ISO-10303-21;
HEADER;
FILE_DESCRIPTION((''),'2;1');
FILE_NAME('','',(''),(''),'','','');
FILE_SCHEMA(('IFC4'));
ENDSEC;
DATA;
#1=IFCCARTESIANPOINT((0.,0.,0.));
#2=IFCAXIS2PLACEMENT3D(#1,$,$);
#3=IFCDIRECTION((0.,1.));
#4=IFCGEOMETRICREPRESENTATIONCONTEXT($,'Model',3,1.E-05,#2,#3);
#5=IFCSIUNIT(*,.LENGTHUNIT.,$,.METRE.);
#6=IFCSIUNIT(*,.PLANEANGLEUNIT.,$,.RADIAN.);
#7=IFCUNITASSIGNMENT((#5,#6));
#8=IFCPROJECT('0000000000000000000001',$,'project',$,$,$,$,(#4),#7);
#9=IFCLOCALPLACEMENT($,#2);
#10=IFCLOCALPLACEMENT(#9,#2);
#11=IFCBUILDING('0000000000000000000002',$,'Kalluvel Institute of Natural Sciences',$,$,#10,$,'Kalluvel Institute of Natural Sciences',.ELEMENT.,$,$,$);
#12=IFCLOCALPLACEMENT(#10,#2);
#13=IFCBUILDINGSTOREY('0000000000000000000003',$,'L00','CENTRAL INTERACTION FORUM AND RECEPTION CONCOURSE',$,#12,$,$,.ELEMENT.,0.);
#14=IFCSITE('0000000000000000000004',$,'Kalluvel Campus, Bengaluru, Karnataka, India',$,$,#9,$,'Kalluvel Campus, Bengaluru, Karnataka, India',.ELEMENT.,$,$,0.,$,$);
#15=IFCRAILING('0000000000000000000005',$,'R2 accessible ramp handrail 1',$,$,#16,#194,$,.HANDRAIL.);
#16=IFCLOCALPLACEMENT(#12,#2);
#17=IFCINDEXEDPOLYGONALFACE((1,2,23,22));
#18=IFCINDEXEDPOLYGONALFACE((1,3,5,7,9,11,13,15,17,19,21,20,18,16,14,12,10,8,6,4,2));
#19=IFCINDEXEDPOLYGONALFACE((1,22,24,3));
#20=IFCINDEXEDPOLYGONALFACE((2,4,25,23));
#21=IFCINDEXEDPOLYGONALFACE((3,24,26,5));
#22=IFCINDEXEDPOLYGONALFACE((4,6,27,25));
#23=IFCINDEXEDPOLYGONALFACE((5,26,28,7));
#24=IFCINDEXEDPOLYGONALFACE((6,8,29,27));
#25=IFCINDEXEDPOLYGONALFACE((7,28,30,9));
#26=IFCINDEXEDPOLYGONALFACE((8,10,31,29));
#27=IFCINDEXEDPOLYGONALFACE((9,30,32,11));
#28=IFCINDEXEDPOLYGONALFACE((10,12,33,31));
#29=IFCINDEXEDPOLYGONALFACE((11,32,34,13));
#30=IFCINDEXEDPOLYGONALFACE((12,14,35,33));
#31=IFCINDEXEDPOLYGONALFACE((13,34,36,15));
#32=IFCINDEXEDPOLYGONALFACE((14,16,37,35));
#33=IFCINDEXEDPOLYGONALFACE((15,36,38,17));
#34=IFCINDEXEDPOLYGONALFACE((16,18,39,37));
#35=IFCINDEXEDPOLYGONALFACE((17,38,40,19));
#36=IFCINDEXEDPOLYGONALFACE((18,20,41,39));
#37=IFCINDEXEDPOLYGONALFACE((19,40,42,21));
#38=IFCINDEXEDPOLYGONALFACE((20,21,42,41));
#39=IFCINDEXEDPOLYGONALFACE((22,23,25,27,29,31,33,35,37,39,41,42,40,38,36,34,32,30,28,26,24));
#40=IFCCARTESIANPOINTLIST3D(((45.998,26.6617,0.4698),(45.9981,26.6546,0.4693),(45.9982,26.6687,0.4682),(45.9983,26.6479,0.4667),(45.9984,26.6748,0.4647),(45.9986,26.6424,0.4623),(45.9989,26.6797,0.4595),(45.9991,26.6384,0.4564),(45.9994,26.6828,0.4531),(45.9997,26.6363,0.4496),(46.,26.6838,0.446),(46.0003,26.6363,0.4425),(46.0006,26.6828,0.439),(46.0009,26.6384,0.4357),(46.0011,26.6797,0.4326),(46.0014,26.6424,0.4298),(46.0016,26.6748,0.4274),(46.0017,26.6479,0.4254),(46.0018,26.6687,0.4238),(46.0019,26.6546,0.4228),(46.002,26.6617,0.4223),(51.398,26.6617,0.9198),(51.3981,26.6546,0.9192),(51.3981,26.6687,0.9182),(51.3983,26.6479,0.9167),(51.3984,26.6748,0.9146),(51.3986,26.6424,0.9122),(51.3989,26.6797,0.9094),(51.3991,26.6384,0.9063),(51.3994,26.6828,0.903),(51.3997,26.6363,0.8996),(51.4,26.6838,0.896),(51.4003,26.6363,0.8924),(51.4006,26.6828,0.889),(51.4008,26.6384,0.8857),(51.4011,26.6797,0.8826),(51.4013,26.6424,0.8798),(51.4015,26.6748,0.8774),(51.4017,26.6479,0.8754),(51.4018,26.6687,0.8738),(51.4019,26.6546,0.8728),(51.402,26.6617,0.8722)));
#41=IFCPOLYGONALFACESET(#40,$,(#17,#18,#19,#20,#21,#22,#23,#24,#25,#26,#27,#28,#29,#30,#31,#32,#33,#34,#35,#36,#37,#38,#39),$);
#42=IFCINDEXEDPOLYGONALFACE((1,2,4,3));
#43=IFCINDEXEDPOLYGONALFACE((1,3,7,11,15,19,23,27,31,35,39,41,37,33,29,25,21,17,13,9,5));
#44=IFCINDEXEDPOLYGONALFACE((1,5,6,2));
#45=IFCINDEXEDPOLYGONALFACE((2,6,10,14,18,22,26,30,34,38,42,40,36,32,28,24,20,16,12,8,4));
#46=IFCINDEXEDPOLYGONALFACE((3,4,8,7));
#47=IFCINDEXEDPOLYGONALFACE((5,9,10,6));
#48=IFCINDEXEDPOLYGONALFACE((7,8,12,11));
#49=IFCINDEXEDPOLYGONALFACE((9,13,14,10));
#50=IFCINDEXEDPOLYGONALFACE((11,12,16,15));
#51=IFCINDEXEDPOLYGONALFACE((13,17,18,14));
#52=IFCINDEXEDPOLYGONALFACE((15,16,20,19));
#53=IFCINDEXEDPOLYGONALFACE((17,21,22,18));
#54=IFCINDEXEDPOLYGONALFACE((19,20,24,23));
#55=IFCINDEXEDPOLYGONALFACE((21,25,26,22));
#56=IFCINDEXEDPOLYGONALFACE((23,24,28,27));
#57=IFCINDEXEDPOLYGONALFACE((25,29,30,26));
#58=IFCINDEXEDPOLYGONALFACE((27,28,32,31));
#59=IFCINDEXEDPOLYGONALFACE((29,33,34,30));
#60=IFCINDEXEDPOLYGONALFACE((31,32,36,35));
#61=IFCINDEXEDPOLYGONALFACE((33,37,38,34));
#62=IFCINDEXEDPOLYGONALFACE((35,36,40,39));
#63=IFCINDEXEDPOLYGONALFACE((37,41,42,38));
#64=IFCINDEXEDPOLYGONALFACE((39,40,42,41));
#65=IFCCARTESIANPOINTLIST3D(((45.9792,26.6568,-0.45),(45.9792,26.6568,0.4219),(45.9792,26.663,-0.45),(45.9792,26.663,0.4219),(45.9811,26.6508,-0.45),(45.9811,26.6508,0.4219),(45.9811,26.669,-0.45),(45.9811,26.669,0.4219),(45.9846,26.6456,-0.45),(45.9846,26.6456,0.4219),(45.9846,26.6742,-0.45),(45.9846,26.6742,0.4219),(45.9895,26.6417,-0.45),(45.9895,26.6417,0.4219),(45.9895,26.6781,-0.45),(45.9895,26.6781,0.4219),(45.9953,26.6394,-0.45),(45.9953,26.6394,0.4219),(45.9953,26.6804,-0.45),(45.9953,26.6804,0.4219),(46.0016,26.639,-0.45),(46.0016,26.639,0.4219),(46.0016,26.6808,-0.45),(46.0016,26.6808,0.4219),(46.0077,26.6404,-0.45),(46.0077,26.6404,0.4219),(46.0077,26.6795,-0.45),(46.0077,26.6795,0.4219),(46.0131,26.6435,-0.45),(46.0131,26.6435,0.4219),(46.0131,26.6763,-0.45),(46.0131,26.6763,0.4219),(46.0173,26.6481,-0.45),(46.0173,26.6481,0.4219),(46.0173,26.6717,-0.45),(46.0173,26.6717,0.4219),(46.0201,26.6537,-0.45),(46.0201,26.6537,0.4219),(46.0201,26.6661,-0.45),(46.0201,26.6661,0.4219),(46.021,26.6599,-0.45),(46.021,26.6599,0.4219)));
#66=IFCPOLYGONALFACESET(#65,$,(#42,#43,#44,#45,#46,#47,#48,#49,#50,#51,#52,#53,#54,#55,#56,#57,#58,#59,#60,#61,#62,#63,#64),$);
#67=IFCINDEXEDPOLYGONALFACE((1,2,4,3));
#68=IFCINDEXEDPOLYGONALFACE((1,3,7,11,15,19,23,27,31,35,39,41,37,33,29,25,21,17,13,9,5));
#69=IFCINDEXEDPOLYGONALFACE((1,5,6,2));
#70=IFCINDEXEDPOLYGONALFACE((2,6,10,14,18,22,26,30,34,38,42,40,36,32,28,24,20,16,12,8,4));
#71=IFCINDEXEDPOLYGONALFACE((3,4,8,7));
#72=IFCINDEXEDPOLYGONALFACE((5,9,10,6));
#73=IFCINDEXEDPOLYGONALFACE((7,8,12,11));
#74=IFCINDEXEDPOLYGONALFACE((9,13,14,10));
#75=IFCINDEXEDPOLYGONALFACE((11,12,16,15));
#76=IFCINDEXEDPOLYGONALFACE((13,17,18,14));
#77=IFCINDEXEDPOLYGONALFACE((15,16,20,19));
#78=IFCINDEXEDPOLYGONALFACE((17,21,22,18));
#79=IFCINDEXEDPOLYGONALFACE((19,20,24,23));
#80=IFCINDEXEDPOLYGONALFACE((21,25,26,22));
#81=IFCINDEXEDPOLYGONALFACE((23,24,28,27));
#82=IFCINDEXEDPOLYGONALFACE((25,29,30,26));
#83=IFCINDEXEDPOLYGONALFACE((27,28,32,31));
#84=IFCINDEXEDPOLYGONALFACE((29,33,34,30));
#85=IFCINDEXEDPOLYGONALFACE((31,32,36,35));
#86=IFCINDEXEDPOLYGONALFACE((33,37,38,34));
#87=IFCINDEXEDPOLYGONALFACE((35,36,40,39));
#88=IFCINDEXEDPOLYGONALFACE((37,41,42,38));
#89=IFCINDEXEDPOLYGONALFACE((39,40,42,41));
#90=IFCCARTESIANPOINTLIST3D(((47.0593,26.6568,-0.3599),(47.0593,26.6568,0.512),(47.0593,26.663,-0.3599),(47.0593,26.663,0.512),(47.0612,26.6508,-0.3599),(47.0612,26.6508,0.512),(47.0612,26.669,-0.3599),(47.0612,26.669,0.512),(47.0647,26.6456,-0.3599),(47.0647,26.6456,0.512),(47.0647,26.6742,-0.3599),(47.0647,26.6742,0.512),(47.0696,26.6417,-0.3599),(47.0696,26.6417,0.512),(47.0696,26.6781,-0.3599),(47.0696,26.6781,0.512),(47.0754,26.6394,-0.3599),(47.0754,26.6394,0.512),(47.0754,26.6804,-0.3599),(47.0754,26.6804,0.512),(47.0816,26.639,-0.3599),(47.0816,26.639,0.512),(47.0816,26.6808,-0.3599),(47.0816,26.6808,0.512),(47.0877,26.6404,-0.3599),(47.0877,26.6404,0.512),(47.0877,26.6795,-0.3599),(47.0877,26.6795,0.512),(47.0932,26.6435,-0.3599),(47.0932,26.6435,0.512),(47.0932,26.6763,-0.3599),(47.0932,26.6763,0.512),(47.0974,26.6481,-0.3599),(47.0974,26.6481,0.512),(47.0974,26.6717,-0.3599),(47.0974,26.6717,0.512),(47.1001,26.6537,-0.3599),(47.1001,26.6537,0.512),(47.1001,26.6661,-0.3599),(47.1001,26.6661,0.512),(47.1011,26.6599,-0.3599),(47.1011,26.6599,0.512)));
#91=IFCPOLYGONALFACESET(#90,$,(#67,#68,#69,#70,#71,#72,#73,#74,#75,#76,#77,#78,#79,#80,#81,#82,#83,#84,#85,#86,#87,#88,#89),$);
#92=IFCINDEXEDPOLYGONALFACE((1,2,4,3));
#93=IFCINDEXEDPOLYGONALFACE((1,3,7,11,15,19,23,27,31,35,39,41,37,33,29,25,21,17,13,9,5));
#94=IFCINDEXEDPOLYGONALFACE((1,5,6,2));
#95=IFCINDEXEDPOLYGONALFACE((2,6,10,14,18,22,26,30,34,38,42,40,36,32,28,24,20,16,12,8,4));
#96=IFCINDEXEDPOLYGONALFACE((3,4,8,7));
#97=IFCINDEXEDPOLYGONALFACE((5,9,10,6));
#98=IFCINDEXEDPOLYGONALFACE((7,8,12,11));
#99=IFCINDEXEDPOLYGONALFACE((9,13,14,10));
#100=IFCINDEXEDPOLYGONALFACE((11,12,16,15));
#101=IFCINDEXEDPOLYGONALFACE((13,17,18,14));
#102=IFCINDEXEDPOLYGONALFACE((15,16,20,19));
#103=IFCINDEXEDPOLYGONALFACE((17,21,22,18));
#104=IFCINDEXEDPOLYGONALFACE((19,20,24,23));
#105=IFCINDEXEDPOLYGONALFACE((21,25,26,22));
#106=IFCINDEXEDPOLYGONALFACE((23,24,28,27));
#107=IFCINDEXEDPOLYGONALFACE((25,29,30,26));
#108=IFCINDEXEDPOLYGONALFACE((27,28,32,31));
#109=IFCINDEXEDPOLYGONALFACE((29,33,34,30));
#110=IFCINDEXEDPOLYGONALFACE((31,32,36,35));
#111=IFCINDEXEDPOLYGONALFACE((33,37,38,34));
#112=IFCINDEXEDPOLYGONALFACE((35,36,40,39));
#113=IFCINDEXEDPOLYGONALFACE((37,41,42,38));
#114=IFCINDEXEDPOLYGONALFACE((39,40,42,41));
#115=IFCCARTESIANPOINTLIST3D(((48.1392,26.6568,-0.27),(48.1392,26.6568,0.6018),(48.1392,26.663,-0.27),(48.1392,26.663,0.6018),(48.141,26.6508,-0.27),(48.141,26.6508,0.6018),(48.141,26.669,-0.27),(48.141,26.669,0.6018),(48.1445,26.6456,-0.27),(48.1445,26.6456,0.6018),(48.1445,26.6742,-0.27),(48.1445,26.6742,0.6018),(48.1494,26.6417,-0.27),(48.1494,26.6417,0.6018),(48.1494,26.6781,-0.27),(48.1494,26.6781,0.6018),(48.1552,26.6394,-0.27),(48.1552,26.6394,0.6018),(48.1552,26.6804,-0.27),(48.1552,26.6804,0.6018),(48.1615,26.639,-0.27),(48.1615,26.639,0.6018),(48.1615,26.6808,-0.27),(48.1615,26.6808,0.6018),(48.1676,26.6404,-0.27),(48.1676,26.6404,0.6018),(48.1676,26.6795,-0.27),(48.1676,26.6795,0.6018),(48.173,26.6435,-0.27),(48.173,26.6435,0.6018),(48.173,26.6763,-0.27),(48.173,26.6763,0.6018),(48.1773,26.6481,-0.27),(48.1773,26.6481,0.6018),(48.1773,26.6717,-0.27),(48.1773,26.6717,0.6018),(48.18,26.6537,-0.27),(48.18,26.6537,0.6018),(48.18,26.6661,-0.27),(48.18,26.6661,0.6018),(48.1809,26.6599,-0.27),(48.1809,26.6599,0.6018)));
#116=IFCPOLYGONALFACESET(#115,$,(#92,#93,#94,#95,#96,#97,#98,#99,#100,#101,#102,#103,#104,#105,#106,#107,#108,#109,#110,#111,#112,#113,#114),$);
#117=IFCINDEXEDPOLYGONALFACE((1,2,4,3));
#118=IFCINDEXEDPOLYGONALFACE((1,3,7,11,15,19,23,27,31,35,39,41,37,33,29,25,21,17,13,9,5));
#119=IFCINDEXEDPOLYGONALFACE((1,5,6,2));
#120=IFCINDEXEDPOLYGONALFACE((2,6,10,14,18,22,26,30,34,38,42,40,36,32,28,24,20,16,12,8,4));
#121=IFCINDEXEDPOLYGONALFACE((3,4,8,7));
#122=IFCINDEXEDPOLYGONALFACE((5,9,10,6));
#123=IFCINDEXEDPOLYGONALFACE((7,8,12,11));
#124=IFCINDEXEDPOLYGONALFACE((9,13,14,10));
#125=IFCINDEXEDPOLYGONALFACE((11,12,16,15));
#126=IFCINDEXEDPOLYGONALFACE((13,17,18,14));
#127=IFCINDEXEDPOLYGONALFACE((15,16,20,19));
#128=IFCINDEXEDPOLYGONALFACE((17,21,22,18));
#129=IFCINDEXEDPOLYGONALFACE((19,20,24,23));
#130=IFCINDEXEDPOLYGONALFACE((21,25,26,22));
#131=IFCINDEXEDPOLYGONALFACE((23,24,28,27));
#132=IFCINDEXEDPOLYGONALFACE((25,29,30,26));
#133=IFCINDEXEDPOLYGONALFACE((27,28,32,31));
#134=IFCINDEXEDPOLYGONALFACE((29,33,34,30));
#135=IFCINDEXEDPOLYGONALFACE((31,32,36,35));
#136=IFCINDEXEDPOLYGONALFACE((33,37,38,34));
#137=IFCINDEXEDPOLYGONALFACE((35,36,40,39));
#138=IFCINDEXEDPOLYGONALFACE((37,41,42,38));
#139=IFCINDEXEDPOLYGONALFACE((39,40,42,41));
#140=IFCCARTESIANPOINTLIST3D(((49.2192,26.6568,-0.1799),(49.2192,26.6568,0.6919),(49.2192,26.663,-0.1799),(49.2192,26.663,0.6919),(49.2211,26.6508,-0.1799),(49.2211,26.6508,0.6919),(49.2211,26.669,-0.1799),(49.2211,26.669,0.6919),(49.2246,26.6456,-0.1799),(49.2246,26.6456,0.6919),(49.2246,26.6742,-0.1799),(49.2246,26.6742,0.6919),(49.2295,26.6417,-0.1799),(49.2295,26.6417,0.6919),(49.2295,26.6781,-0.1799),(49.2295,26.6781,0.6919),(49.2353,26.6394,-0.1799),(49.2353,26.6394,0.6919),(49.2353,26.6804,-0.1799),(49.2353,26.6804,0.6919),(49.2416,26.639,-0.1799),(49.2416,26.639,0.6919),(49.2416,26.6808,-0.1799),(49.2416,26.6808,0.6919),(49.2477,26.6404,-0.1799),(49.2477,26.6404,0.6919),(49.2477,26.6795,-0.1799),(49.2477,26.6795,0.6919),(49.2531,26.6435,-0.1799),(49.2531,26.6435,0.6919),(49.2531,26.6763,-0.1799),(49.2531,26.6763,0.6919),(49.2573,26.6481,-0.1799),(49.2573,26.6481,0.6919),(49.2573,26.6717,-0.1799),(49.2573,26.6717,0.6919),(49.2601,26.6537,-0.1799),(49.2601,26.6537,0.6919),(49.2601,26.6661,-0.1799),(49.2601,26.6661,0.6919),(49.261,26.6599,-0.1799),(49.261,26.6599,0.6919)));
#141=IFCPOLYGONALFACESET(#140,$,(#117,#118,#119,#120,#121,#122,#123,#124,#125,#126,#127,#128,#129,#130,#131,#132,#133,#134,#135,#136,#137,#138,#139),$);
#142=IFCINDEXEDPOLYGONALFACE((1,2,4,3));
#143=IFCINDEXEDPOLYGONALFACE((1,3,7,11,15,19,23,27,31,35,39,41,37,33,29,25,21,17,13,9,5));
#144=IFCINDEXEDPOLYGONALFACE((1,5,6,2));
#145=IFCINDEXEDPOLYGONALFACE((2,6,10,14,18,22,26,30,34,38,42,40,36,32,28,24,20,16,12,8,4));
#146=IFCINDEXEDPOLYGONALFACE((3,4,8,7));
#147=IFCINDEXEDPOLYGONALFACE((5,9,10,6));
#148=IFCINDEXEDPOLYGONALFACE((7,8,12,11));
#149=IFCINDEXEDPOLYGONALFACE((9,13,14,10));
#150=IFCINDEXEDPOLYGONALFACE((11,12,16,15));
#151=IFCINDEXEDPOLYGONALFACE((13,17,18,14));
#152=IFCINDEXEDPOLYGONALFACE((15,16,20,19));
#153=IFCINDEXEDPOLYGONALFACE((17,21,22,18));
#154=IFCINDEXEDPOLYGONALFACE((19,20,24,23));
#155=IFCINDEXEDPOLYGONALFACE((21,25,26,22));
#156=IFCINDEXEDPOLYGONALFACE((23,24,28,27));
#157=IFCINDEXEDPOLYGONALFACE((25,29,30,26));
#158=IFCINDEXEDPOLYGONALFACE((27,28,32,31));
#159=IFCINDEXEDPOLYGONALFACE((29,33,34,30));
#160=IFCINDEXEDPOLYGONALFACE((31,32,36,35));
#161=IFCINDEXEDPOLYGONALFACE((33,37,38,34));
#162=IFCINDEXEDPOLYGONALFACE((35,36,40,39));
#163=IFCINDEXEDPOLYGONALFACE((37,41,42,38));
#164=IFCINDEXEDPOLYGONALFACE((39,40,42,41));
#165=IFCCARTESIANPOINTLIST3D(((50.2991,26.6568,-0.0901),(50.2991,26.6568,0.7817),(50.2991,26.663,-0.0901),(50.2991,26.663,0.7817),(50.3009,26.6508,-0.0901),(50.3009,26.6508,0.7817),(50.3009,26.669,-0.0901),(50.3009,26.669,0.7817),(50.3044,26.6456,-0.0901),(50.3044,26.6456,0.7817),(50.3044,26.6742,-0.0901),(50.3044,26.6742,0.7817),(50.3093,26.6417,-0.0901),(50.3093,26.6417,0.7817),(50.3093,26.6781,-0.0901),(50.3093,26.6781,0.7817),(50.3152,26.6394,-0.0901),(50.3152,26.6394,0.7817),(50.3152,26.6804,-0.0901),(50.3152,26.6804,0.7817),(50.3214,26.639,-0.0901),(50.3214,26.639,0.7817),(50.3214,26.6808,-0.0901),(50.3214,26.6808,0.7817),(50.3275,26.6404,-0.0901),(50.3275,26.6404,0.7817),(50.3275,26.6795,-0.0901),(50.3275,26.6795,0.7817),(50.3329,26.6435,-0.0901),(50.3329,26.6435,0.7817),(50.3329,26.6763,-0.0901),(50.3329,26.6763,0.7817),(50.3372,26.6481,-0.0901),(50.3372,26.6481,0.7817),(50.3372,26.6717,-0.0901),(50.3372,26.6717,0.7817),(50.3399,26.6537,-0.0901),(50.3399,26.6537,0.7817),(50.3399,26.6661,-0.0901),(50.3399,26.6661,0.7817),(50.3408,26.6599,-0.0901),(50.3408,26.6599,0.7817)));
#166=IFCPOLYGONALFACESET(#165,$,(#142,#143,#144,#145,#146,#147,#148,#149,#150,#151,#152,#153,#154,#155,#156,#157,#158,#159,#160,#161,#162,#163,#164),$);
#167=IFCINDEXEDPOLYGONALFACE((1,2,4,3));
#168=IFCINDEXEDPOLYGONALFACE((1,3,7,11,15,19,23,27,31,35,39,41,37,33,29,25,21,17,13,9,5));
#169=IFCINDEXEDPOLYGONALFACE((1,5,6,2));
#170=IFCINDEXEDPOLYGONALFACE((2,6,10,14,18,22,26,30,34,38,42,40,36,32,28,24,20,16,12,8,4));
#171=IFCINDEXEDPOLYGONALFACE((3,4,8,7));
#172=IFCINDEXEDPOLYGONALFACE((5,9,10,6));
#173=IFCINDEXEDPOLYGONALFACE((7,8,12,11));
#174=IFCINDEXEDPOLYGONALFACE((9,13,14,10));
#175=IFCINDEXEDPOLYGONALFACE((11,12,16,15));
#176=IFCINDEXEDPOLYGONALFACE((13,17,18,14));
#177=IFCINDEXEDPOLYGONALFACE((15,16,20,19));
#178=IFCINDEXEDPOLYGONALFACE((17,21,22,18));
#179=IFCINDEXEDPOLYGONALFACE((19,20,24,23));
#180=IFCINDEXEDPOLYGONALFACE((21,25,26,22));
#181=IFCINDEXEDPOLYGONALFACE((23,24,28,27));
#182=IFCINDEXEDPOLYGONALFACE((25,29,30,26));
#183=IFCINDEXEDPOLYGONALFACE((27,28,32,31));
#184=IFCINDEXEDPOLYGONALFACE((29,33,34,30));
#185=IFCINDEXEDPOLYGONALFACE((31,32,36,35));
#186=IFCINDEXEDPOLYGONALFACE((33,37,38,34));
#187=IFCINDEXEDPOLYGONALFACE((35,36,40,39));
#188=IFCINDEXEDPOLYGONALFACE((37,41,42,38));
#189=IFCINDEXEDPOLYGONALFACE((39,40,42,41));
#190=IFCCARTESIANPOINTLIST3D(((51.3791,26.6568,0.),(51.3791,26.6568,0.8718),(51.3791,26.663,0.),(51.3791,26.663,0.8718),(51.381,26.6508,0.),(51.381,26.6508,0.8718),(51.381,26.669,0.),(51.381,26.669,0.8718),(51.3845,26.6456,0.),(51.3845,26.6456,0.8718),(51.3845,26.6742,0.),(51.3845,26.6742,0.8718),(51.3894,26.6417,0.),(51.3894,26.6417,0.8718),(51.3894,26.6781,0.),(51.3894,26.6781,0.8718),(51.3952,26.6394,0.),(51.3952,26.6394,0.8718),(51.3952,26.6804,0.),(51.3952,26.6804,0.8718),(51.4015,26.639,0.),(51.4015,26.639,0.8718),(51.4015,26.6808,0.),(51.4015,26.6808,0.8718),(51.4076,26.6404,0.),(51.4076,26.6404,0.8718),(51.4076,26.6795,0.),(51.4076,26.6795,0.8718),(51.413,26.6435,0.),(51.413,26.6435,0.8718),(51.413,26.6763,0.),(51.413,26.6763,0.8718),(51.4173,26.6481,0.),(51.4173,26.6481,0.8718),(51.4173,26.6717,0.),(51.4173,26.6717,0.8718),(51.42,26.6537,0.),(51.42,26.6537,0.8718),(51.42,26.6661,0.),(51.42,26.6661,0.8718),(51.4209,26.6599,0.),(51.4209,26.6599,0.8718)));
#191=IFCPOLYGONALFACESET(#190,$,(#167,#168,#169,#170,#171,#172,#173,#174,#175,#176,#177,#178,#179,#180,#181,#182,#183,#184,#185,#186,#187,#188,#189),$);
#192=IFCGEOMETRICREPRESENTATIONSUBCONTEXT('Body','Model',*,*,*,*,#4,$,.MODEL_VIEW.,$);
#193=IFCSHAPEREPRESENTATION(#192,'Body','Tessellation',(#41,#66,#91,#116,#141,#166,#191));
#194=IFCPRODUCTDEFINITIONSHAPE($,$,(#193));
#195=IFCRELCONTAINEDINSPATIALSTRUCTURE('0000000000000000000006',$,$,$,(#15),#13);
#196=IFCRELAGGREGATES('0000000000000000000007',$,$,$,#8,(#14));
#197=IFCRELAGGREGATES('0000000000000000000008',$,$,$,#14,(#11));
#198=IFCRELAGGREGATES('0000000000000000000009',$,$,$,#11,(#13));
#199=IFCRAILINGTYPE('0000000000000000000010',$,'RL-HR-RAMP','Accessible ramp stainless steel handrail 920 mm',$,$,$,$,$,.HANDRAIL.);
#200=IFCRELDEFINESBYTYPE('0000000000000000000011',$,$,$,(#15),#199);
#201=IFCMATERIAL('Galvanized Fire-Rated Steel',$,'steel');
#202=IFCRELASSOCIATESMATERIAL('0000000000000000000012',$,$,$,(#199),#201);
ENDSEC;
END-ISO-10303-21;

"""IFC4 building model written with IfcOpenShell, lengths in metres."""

from ifc_helpers import new_model, si_unit, direction, frame, origin, origin_2d, place, context, subcontext, project, spatial, circle, extrude, material, type_object, element, save


model = new_model("IFC4")

# Units and contexts
model_context = context("Model", 3, precision=1e-05, world=origin(), true_north=direction((0.0, 1.0)))
body_context = subcontext(model_context, "Body", "Model", "MODEL_VIEW")
ifc_project = project(units=[si_unit("LENGTHUNIT", "METRE"), si_unit("PLANEANGLEUNIT", "RADIAN")], contexts=[model_context])

# Site, building, storey
site_placement = place(None, origin())
site = spatial("IfcSite", under=ifc_project, at=site_placement, Name="Kalluvel Campus, Bengaluru, Karnataka, India", LongName="Kalluvel Campus, Bengaluru, Karnataka, India", CompositionType="ELEMENT", RefElevation=0.0)
building_placement = place(site_placement, origin())
building = spatial("IfcBuilding", under=site, at=building_placement, Name="Kalluvel Institute of Natural Sciences", LongName="Kalluvel Institute of Natural Sciences", CompositionType="ELEMENT")
storey_placement = place(building_placement, origin())
storey = spatial("IfcBuildingStorey", under=building, at=storey_placement, Name="L00", Description="CENTRAL INTERACTION FORUM AND RECEPTION CONCOURSE", CompositionType="ELEMENT", Elevation=0.0)

# Railing
ifc_material_1 = material(Name="Galvanized Fire-Rated Steel", Category="steel")
railing_type = type_object("IfcRailingType", Name="RL-HR-RAMP", Description="Accessible ramp stainless steel handrail 920 mm", PredefinedType="HANDRAIL", material=ifc_material_1)
for number, where, name in (
    (1, (46.0, 26.6599, -0.45), "R2 accessible ramp handrail 1"),
):
    element("IfcRailing", number, at=place(storey_placement, frame(where)), inside=storey, type_object=railing_type, Name=name, PredefinedType="HANDRAIL", context=body_context, shape_type="SweptSolid", body=[
        extrude(circle(Radius=0.0239, at=origin_2d()), frame((0.0, 0.0, 0.896), z_axis=(0.996546, 0.0, 0.083038), x_axis=(0.0, 1.0, 0.0)), (0.0, 0.0, 1.0), 5.4187),
        extrude(circle(Radius=0.021, at=origin_2d()), origin(), (0.0, 0.0, 1.0), 0.8718),
        extrude(circle(Radius=0.021, at=origin_2d()), frame((1.0801, 0.0, 0.0901)), (0.0, 0.0, 1.0), 0.8718),
        extrude(circle(Radius=0.021, at=origin_2d()), frame((2.1599, 0.0, 0.1799)), (0.0, 0.0, 1.0), 0.8718),
        extrude(circle(Radius=0.021, at=origin_2d()), frame((3.24, 0.0, 0.27)), (0.0, 0.0, 1.0), 0.8718),
        extrude(circle(Radius=0.021, at=origin_2d()), frame((4.3198, 0.0, 0.3599)), (0.0, 0.0, 1.0), 0.8718),
        extrude(circle(Radius=0.021, at=origin_2d()), frame((5.3999, 0.0, 0.45)), (0.0, 0.0, 1.0), 0.8718),
    ])

save(model, "model.ifc")
